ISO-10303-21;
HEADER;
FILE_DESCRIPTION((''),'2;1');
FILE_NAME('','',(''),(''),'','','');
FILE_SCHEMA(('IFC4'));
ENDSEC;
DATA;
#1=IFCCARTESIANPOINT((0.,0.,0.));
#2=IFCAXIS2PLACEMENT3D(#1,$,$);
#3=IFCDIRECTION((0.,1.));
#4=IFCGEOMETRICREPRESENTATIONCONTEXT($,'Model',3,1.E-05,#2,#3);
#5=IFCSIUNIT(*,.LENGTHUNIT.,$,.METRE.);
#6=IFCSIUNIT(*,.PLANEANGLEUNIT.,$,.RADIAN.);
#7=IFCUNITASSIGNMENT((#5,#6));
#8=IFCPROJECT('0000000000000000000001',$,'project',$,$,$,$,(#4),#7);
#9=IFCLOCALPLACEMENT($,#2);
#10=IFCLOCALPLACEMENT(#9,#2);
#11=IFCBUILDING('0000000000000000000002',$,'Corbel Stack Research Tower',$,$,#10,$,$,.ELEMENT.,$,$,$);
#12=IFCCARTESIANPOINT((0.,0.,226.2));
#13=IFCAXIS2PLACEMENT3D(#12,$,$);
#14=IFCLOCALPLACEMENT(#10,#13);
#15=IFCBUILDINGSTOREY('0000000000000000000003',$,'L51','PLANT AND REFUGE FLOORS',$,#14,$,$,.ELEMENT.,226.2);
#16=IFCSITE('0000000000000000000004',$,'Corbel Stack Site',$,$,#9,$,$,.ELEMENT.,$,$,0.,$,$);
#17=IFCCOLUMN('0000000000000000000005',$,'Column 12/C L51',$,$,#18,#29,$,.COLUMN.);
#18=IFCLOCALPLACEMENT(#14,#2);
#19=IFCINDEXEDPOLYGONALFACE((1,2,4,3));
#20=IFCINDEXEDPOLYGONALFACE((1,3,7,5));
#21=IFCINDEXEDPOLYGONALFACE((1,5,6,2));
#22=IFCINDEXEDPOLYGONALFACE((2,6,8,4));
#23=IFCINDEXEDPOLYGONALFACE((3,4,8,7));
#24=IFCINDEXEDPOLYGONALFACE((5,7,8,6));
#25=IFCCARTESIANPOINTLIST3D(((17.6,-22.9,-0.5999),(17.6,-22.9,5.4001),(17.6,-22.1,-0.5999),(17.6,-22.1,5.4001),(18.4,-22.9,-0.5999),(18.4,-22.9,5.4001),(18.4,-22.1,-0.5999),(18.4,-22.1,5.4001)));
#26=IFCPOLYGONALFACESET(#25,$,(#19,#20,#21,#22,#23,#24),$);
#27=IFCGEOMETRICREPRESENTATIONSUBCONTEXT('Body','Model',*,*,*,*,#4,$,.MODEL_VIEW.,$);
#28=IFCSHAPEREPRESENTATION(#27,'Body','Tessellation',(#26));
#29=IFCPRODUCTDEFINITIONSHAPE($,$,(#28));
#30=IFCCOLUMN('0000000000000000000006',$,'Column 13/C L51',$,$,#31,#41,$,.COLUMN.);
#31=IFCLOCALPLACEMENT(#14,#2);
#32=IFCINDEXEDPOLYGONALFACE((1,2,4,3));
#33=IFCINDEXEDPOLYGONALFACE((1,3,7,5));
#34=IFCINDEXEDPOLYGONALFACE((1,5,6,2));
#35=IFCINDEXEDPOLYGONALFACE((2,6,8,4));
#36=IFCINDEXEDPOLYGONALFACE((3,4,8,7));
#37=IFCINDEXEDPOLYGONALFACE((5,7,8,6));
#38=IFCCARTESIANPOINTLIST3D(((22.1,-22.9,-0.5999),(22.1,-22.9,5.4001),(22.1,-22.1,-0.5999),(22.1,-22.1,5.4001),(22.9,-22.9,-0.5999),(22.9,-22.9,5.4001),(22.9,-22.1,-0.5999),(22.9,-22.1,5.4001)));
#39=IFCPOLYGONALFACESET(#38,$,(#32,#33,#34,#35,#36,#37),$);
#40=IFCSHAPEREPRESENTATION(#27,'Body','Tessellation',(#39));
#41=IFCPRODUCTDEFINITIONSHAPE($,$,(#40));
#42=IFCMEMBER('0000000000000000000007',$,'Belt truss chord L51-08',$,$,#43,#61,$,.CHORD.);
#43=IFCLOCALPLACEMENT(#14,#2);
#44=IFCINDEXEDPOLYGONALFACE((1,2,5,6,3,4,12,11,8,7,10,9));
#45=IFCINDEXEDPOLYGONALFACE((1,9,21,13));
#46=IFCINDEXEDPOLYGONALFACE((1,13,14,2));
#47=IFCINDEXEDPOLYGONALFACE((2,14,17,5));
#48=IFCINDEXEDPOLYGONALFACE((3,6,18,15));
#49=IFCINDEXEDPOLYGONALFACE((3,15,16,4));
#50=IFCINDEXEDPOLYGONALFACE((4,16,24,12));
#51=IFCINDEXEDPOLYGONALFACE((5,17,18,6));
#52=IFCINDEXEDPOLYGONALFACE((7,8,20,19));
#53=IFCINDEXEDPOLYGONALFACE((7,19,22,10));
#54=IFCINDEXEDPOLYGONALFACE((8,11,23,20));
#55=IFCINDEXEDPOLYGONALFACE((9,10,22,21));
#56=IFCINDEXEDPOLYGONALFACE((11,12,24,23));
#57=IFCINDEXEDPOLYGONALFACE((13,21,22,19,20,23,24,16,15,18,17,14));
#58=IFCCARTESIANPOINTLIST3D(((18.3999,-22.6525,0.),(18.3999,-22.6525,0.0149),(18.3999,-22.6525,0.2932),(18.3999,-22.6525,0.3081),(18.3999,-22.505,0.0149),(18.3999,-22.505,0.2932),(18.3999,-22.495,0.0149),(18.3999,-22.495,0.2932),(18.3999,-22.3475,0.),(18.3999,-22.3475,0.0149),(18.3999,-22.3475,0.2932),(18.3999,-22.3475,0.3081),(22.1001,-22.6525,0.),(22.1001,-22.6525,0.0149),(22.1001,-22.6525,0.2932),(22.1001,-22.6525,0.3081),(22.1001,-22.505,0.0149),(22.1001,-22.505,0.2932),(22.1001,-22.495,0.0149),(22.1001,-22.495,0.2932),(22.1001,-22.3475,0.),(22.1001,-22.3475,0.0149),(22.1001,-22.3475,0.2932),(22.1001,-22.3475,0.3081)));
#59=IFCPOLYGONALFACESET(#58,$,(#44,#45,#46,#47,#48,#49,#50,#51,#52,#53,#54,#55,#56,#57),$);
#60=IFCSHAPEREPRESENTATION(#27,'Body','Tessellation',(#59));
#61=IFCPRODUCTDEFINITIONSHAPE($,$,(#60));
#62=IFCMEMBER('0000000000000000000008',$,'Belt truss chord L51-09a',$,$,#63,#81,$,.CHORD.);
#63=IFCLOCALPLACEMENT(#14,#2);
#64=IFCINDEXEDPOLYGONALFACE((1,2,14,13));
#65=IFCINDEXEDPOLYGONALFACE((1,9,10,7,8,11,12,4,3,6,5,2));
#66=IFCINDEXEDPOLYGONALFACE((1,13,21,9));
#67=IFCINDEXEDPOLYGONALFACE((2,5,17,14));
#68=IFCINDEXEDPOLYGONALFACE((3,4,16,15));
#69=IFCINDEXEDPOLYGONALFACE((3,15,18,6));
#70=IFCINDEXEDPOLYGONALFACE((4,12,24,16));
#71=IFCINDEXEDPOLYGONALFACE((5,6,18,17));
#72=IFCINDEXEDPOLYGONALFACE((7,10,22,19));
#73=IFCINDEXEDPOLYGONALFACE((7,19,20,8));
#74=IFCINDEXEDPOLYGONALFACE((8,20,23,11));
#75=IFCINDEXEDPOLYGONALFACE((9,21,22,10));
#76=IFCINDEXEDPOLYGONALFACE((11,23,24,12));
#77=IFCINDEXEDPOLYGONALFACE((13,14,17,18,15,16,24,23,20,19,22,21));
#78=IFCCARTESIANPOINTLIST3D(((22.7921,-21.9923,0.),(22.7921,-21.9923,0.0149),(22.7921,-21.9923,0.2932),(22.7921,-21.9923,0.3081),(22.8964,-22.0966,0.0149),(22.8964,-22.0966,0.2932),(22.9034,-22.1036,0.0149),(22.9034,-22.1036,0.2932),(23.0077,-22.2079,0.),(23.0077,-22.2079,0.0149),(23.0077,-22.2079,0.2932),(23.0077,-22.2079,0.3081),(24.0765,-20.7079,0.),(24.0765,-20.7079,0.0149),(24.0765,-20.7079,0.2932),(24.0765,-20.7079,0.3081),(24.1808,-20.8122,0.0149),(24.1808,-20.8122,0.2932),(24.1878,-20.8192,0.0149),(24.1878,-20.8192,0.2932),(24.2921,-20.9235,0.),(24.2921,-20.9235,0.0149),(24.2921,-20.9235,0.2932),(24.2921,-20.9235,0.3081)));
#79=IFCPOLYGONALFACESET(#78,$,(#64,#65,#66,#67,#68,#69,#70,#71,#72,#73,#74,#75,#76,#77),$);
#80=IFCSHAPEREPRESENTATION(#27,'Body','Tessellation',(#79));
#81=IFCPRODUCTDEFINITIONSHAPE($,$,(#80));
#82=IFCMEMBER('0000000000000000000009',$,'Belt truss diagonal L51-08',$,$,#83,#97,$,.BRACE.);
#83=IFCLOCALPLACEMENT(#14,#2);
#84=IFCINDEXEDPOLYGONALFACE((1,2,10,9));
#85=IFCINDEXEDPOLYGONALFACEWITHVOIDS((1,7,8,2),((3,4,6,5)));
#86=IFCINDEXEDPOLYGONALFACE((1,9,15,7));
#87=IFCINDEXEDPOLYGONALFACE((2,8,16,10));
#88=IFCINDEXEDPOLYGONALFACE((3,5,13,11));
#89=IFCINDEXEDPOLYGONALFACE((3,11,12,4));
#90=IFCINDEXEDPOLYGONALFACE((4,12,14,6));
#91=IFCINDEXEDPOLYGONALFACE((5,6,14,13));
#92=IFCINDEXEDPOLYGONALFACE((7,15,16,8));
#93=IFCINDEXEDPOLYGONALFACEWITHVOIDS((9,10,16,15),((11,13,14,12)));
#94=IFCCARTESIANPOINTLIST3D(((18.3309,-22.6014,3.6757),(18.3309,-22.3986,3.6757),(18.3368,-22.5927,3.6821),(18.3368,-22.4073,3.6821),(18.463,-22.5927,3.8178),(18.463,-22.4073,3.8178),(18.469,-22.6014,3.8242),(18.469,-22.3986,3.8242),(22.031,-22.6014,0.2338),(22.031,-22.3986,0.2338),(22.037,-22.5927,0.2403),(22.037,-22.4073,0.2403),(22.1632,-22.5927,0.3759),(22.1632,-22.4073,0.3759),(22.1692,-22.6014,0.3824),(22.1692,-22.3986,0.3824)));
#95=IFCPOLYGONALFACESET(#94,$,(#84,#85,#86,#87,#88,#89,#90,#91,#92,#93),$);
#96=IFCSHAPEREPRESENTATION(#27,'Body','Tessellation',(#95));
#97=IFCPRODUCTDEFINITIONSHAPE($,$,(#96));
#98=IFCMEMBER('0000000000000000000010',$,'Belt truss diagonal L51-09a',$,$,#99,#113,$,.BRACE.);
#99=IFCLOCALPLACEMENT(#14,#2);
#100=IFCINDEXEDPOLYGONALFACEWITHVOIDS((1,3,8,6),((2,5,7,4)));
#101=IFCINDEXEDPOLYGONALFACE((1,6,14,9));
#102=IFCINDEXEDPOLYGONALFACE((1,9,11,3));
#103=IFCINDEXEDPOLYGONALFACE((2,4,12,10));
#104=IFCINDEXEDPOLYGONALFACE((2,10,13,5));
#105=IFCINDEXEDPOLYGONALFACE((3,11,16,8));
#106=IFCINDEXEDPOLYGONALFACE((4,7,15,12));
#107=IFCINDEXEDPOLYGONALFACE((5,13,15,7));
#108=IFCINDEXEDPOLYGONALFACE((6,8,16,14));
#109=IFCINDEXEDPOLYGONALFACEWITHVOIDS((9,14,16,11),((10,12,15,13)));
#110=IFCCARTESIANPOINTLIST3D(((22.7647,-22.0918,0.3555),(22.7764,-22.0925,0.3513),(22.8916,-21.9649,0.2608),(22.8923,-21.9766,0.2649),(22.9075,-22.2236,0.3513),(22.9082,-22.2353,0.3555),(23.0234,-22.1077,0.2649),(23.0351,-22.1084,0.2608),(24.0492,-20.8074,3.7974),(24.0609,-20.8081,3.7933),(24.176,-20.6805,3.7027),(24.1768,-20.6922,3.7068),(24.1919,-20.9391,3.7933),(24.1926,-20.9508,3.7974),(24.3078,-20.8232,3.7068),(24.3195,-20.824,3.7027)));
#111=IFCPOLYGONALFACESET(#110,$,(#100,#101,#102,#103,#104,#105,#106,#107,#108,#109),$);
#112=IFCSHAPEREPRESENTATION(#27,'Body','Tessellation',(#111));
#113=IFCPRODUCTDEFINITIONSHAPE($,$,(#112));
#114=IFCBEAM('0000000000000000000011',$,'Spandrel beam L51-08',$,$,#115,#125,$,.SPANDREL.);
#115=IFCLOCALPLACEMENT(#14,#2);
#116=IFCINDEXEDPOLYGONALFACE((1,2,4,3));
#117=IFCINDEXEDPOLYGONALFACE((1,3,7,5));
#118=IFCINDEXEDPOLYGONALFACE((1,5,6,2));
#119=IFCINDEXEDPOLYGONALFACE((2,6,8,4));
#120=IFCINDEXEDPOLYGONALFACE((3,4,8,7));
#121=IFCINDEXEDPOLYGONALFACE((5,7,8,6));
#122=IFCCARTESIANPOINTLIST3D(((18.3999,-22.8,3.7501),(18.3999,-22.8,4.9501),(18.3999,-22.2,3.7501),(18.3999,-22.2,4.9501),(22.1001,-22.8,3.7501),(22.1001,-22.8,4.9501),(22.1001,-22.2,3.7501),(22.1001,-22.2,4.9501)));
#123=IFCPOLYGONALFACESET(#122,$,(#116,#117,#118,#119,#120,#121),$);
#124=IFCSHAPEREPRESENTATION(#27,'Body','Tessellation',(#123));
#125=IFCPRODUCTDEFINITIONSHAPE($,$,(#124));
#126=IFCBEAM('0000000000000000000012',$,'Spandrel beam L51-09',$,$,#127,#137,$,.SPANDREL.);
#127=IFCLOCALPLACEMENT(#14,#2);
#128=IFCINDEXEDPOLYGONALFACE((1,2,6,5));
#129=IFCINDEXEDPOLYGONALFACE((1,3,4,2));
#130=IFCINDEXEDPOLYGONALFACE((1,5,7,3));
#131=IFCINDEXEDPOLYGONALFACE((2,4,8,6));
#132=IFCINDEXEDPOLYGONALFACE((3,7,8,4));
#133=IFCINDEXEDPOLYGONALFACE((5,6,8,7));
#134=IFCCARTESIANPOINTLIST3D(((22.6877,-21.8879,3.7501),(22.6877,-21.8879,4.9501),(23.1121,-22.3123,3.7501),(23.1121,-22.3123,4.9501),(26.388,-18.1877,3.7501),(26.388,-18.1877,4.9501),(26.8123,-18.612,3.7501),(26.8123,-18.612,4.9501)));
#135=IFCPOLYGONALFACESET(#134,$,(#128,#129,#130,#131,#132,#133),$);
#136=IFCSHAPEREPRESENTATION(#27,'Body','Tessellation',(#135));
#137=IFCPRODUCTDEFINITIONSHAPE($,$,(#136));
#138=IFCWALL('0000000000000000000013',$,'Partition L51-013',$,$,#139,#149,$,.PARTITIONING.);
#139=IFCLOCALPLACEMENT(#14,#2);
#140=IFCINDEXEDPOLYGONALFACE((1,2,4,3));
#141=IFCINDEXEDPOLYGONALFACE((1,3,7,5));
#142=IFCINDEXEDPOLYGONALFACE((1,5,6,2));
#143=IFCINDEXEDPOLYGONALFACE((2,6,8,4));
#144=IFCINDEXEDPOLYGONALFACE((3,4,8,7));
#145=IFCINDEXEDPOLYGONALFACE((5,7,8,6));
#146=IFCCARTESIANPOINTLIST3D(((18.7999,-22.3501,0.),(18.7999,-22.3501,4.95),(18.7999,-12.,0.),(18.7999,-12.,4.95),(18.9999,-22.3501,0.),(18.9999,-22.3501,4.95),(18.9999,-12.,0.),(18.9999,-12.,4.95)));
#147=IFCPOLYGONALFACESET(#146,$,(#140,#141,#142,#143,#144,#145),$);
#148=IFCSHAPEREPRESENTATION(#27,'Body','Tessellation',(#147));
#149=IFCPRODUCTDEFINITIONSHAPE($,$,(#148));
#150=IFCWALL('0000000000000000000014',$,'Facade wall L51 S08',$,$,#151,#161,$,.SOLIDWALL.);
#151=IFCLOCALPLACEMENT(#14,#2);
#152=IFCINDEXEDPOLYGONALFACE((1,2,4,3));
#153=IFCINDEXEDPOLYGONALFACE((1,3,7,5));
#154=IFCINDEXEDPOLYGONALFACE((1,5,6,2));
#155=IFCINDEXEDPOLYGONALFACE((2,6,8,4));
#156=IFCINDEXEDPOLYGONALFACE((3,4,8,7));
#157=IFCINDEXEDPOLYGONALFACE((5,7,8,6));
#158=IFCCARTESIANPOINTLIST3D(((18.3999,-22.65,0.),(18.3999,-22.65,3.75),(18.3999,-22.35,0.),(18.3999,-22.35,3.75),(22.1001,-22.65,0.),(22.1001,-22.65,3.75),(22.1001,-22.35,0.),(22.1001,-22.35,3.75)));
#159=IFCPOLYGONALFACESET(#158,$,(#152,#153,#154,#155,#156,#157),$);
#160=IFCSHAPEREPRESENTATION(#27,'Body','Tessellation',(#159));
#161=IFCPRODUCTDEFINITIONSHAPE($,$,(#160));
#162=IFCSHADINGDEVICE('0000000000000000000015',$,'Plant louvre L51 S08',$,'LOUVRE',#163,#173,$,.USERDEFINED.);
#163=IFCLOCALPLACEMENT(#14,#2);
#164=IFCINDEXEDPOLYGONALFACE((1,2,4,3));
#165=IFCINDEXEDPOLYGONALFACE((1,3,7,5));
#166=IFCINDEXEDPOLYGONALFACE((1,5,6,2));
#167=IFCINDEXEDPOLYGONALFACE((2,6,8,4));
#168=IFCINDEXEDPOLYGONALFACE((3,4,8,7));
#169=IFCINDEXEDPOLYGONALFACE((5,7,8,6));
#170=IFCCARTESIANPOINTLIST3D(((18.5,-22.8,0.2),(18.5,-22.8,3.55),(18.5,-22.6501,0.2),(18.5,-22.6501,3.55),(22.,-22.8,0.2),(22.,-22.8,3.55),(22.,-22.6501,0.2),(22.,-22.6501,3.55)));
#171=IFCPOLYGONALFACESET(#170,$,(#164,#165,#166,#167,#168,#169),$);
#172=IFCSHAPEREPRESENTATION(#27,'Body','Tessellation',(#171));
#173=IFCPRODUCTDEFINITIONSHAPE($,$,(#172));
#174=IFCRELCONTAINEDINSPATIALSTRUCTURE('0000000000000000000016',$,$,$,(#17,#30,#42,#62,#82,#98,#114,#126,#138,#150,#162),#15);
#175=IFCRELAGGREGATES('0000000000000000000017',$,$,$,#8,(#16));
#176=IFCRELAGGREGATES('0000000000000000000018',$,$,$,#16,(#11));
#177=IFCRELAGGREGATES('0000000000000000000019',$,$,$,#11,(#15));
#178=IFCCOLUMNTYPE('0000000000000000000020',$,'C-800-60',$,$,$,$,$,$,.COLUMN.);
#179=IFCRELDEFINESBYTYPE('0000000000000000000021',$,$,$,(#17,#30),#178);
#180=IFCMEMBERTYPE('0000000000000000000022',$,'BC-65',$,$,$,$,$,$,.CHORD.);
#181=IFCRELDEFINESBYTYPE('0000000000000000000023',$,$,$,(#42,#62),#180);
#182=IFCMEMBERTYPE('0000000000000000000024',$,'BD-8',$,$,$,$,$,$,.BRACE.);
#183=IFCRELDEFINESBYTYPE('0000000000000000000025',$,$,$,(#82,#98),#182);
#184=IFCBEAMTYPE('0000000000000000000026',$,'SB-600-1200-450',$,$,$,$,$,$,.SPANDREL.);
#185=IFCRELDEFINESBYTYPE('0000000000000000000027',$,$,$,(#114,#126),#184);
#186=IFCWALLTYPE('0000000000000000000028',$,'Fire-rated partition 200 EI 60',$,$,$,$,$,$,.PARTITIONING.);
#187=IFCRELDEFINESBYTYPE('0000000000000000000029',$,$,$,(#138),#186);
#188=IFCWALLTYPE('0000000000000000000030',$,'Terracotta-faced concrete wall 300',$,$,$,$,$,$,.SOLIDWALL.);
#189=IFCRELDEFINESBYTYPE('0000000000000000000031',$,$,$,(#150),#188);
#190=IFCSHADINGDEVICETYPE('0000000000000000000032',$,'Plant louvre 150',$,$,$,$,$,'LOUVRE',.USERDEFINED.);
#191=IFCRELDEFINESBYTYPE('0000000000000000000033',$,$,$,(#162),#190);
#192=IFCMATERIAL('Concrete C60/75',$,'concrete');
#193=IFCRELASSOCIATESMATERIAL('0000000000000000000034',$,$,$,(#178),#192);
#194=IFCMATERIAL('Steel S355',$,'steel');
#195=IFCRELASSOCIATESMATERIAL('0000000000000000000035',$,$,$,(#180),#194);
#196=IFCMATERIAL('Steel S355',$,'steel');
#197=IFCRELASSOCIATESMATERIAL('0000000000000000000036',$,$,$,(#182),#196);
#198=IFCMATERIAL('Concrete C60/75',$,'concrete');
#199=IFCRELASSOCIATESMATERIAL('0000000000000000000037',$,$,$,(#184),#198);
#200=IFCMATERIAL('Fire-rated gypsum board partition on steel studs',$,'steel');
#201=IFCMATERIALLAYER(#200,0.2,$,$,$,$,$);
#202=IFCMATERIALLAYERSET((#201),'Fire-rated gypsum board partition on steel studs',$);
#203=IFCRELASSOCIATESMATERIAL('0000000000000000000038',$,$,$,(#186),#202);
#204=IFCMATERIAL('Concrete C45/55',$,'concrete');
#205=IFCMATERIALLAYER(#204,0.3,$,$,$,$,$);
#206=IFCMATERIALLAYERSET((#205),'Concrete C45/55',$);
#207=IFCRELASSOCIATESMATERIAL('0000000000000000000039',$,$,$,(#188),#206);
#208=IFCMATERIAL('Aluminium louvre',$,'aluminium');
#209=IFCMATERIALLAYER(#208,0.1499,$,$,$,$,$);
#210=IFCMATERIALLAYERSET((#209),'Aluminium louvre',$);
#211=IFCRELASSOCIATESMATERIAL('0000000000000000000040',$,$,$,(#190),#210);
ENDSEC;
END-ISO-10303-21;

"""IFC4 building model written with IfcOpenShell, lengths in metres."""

from ifc_helpers import new_model, si_unit, direction, frame, frame_2d, origin, origin_2d, place, context, subcontext, project, spatial, rectangle, hollow_rectangle, i_section, extrude, material, layer, layer_set, material_profile, profile_set, type_object, element, save


model = new_model("IFC4")

# Units and contexts
model_context = context("Model", 3, precision=1e-05, world=origin(), true_north=direction((0.0, 1.0)))
body_context = subcontext(model_context, "Body", "Model", "MODEL_VIEW")
ifc_project = project(units=[si_unit("LENGTHUNIT", "METRE"), si_unit("PLANEANGLEUNIT", "RADIAN")], contexts=[model_context])

# Site, building, storey
site_placement = place(None, origin())
site = spatial("IfcSite", under=ifc_project, at=site_placement, Name="Corbel Stack Site", CompositionType="ELEMENT", RefElevation=0.0)
building_placement = place(site_placement, origin())
building = spatial("IfcBuilding", under=site, at=building_placement, Name="Corbel Stack Research Tower", CompositionType="ELEMENT")
storey_placement = place(building_placement, frame((0.0, 0.0, 226.2)))
storey = spatial("IfcBuildingStorey", under=building, at=storey_placement, Name="L51", Description="PLANT AND REFUGE FLOORS", CompositionType="ELEMENT", Elevation=226.2)

# Columns
ifc_material_1 = material(Name="Concrete C60/75", Category="concrete")
ifc_material_profile_1 = material_profile(ifc_material_1, rectangle(XDim=0.8, YDim=0.8, at=origin_2d()), Name="RC 800 x 800")
ifc_profile_set_1 = profile_set([ifc_material_profile_1], Name="Concrete C60/75")
column_type = type_object("IfcColumnType", Name="C-800-60", PredefinedType="COLUMN", material=ifc_profile_set_1)
for number, where, z_axis, x_axis, name in (
    (1, (18.0, -22.5, -0.5999), (0.0, 0.0, 1.0), (1.0, 0.0, 0.0), "Column 12/C L51"),
    (2, (22.5, -22.5, -0.5999), (0.0, 0.0, 1.0), (1.0, 0.0, 0.0), "Column 13/C L51"),
):
    element("IfcColumn", number, at=place(storey_placement, frame(where, z_axis=z_axis, x_axis=x_axis)), inside=storey, type_object=column_type, Name=name, PredefinedType="COLUMN", context=body_context, shape_type="SweptSolid", body=[
        extrude(rectangle(XDim=0.8, YDim=0.8, at=origin_2d()), origin(), (0.0, 0.0, 1.0), 6.0),
    ])

# Members
ifc_material_2 = material(Name="Steel S355", Category="steel")
ifc_material_profile_2 = material_profile(ifc_material_2, i_section(OverallWidth=0.3049, OverallDepth=0.3081, WebThickness=0.01, FlangeThickness=0.0149, at=origin_2d()), Name="W12x65")
ifc_profile_set_2 = profile_set([ifc_material_profile_2], Name="Steel S355")
member_type_1 = type_object("IfcMemberType", Name="BC-65", PredefinedType="CHORD", material=ifc_profile_set_2)
member_1_placement = place(storey_placement, frame((18.3999, -22.5, 0.1541), z_axis=(1.0, 0.0, 0.0), x_axis=(0.0, 1.0, 0.0)))
element("IfcMember", 3, at=member_1_placement, inside=storey, type_object=member_type_1, Name="Belt truss chord L51-08", PredefinedType="CHORD", context=body_context, shape_type="SweptSolid", body=[
    extrude(i_section(OverallWidth=0.3049, OverallDepth=0.3081, WebThickness=0.01, FlangeThickness=0.0149, at=origin_2d()), origin(), (0.0, 0.0, 1.0), 3.7002),
])
member_2_placement = place(storey_placement, frame((22.8999, -22.1001, 0.1541), z_axis=(0.707107, 0.707107, 0.0), x_axis=(-0.707107, 0.707107, 0.0)))
element("IfcMember", 4, at=member_2_placement, inside=storey, type_object=member_type_1, Name="Belt truss chord L51-09a", PredefinedType="CHORD", context=body_context, shape_type="SweptSolid", body=[
    extrude(i_section(OverallWidth=0.3049, OverallDepth=0.3081, WebThickness=0.01, FlangeThickness=0.0149, at=origin_2d()), origin(), (0.0, 0.0, 1.0), 1.8164),
])
ifc_material_3 = material(Name="Steel S355", Category="steel")
ifc_material_profile_3 = material_profile(ifc_material_3, hollow_rectangle(XDim=0.2029, YDim=0.2029, WallThickness=0.0088, at=origin_2d()), Name="HSS8x8x3/8")
ifc_profile_set_3 = profile_set([ifc_material_profile_3], Name="Steel S355")
member_type_2 = type_object("IfcMemberType", Name="BD-8", PredefinedType="BRACE", material=ifc_profile_set_3)
member_3_placement = place(storey_placement, frame((22.1001, -22.5, 0.3081), z_axis=(-0.732201, 0.0, 0.681088), x_axis=(0.0, -1.0, 0.0)))
element("IfcMember", 5, at=member_3_placement, inside=storey, type_object=member_type_2, Name="Belt truss diagonal L51-08", PredefinedType="BRACE", context=body_context, shape_type="SweptSolid", body=[
    extrude(hollow_rectangle(XDim=0.2029, YDim=0.2029, WallThickness=0.0088, at=origin_2d()), origin(), (0.0, 0.0, 1.0), 5.0535),
])
member_4_placement = place(storey_placement, frame((22.8999, -22.1001, 0.3081), z_axis=(0.330033, 0.330033, 0.884396), x_axis=(-0.707107, 0.707107, 0.0)))
element("IfcMember", 6, at=member_4_placement, inside=storey, type_object=member_type_2, Name="Belt truss diagonal L51-09a", PredefinedType="BRACE", context=body_context, shape_type="SweptSolid", body=[
    extrude(hollow_rectangle(XDim=0.2029, YDim=0.2029, WallThickness=0.0088, at=origin_2d()), origin(), (0.0, 0.0, 1.0), 3.8918),
])

# Beams
ifc_material_4 = material(Name="Concrete C60/75", Category="concrete")
ifc_material_profile_4 = material_profile(ifc_material_4, rectangle(XDim=0.6001, YDim=1.2, at=origin_2d()), Name="RC 600 x 1200")
ifc_profile_set_4 = profile_set([ifc_material_profile_4], Name="Concrete C60/75")
beam_type = type_object("IfcBeamType", Name="SB-600-1200-450", PredefinedType="SPANDREL", material=ifc_profile_set_4)
beam_1_placement = place(storey_placement, frame((18.3999, -22.5, 4.3501), z_axis=(1.0, 0.0, 0.0), x_axis=(0.0, 1.0, 0.0)))
element("IfcBeam", 7, at=beam_1_placement, inside=storey, type_object=beam_type, Name="Spandrel beam L51-08", PredefinedType="SPANDREL", context=body_context, shape_type="SweptSolid", body=[
    extrude(rectangle(XDim=0.6001, YDim=1.2, at=origin_2d()), origin(), (0.0, 0.0, 1.0), 3.7002),
])
beam_2_placement = place(storey_placement, frame((22.8999, -22.1001, 4.3501), z_axis=(0.707107, 0.707107, 0.0), x_axis=(-0.707107, 0.707107, 0.0)))
element("IfcBeam", 8, at=beam_2_placement, inside=storey, type_object=beam_type, Name="Spandrel beam L51-09", PredefinedType="SPANDREL", context=body_context, shape_type="SweptSolid", body=[
    extrude(rectangle(XDim=0.6001, YDim=1.2, at=origin_2d()), origin(), (0.0, 0.0, 1.0), 5.2329),
])

# Walls
ifc_material_5 = material(Name="Fire-rated gypsum board partition on steel studs", Category="steel")
ifc_layer_1 = layer(ifc_material_5, 0.2)
ifc_layer_set_1 = layer_set([ifc_layer_1], Name="Fire-rated gypsum board partition on steel studs")
wall_type_1 = type_object("IfcWallType", Name="Fire-rated partition 200 EI 60", PredefinedType="PARTITIONING", material=ifc_layer_set_1)
wall_1_placement = place(storey_placement, frame((18.8999, -22.3501, 0.0), z_axis=(0.0, 0.0, 1.0), x_axis=(0.0, 1.0, 0.0)))
element("IfcWall", 9, at=wall_1_placement, inside=storey, type_object=wall_type_1, Name="Partition L51-013", PredefinedType="PARTITIONING", context=body_context, shape_type="SweptSolid", body=[
    extrude(rectangle(XDim=10.3501, YDim=0.2, at=frame_2d((5.175, 0.0))), origin(), (0.0, 0.0, 1.0), 4.95),
])
ifc_material_6 = material(Name="Concrete C45/55", Category="concrete")
ifc_layer_2 = layer(ifc_material_6, 0.3)
ifc_layer_set_2 = layer_set([ifc_layer_2], Name="Concrete C45/55")
wall_type_2 = type_object("IfcWallType", Name="Terracotta-faced concrete wall 300", PredefinedType="SOLIDWALL", material=ifc_layer_set_2)
wall_2_placement = place(storey_placement, frame((22.1001, -22.5, 0.0), z_axis=(0.0, 0.0, 1.0), x_axis=(-1.0, 0.0, 0.0)))
element("IfcWall", 10, at=wall_2_placement, inside=storey, type_object=wall_type_2, Name="Facade wall L51 S08", PredefinedType="SOLIDWALL", context=body_context, shape_type="SweptSolid", body=[
    extrude(rectangle(XDim=3.7002, YDim=0.3, at=frame_2d((1.8501, 0.0))), origin(), (0.0, 0.0, 1.0), 3.75),
])

# Shading device
ifc_material_7 = material(Name="Aluminium louvre", Category="aluminium")
ifc_layer_3 = layer(ifc_material_7, 0.1499)
ifc_layer_set_3 = layer_set([ifc_layer_3], Name="Aluminium louvre")
shading_device_type = type_object("IfcShadingDeviceType", Name="Plant louvre 150", ElementType="LOUVRE", PredefinedType="USERDEFINED", material=ifc_layer_set_3)
shading_device_placement = place(storey_placement, frame((20.25, -22.7251, 0.2), z_axis=(0.0, 0.0, 1.0), x_axis=(1.0, 0.0, 0.0)))
element("IfcShadingDevice", 11, at=shading_device_placement, inside=storey, type_object=shading_device_type, Name="Plant louvre L51 S08", ObjectType="LOUVRE", PredefinedType="USERDEFINED", context=body_context, shape_type="SweptSolid", body=[
    extrude(rectangle(XDim=3.5, YDim=0.1499, at=origin_2d()), origin(), (0.0, 0.0, 1.0), 3.3501),
])

save(model, "model.ifc")
